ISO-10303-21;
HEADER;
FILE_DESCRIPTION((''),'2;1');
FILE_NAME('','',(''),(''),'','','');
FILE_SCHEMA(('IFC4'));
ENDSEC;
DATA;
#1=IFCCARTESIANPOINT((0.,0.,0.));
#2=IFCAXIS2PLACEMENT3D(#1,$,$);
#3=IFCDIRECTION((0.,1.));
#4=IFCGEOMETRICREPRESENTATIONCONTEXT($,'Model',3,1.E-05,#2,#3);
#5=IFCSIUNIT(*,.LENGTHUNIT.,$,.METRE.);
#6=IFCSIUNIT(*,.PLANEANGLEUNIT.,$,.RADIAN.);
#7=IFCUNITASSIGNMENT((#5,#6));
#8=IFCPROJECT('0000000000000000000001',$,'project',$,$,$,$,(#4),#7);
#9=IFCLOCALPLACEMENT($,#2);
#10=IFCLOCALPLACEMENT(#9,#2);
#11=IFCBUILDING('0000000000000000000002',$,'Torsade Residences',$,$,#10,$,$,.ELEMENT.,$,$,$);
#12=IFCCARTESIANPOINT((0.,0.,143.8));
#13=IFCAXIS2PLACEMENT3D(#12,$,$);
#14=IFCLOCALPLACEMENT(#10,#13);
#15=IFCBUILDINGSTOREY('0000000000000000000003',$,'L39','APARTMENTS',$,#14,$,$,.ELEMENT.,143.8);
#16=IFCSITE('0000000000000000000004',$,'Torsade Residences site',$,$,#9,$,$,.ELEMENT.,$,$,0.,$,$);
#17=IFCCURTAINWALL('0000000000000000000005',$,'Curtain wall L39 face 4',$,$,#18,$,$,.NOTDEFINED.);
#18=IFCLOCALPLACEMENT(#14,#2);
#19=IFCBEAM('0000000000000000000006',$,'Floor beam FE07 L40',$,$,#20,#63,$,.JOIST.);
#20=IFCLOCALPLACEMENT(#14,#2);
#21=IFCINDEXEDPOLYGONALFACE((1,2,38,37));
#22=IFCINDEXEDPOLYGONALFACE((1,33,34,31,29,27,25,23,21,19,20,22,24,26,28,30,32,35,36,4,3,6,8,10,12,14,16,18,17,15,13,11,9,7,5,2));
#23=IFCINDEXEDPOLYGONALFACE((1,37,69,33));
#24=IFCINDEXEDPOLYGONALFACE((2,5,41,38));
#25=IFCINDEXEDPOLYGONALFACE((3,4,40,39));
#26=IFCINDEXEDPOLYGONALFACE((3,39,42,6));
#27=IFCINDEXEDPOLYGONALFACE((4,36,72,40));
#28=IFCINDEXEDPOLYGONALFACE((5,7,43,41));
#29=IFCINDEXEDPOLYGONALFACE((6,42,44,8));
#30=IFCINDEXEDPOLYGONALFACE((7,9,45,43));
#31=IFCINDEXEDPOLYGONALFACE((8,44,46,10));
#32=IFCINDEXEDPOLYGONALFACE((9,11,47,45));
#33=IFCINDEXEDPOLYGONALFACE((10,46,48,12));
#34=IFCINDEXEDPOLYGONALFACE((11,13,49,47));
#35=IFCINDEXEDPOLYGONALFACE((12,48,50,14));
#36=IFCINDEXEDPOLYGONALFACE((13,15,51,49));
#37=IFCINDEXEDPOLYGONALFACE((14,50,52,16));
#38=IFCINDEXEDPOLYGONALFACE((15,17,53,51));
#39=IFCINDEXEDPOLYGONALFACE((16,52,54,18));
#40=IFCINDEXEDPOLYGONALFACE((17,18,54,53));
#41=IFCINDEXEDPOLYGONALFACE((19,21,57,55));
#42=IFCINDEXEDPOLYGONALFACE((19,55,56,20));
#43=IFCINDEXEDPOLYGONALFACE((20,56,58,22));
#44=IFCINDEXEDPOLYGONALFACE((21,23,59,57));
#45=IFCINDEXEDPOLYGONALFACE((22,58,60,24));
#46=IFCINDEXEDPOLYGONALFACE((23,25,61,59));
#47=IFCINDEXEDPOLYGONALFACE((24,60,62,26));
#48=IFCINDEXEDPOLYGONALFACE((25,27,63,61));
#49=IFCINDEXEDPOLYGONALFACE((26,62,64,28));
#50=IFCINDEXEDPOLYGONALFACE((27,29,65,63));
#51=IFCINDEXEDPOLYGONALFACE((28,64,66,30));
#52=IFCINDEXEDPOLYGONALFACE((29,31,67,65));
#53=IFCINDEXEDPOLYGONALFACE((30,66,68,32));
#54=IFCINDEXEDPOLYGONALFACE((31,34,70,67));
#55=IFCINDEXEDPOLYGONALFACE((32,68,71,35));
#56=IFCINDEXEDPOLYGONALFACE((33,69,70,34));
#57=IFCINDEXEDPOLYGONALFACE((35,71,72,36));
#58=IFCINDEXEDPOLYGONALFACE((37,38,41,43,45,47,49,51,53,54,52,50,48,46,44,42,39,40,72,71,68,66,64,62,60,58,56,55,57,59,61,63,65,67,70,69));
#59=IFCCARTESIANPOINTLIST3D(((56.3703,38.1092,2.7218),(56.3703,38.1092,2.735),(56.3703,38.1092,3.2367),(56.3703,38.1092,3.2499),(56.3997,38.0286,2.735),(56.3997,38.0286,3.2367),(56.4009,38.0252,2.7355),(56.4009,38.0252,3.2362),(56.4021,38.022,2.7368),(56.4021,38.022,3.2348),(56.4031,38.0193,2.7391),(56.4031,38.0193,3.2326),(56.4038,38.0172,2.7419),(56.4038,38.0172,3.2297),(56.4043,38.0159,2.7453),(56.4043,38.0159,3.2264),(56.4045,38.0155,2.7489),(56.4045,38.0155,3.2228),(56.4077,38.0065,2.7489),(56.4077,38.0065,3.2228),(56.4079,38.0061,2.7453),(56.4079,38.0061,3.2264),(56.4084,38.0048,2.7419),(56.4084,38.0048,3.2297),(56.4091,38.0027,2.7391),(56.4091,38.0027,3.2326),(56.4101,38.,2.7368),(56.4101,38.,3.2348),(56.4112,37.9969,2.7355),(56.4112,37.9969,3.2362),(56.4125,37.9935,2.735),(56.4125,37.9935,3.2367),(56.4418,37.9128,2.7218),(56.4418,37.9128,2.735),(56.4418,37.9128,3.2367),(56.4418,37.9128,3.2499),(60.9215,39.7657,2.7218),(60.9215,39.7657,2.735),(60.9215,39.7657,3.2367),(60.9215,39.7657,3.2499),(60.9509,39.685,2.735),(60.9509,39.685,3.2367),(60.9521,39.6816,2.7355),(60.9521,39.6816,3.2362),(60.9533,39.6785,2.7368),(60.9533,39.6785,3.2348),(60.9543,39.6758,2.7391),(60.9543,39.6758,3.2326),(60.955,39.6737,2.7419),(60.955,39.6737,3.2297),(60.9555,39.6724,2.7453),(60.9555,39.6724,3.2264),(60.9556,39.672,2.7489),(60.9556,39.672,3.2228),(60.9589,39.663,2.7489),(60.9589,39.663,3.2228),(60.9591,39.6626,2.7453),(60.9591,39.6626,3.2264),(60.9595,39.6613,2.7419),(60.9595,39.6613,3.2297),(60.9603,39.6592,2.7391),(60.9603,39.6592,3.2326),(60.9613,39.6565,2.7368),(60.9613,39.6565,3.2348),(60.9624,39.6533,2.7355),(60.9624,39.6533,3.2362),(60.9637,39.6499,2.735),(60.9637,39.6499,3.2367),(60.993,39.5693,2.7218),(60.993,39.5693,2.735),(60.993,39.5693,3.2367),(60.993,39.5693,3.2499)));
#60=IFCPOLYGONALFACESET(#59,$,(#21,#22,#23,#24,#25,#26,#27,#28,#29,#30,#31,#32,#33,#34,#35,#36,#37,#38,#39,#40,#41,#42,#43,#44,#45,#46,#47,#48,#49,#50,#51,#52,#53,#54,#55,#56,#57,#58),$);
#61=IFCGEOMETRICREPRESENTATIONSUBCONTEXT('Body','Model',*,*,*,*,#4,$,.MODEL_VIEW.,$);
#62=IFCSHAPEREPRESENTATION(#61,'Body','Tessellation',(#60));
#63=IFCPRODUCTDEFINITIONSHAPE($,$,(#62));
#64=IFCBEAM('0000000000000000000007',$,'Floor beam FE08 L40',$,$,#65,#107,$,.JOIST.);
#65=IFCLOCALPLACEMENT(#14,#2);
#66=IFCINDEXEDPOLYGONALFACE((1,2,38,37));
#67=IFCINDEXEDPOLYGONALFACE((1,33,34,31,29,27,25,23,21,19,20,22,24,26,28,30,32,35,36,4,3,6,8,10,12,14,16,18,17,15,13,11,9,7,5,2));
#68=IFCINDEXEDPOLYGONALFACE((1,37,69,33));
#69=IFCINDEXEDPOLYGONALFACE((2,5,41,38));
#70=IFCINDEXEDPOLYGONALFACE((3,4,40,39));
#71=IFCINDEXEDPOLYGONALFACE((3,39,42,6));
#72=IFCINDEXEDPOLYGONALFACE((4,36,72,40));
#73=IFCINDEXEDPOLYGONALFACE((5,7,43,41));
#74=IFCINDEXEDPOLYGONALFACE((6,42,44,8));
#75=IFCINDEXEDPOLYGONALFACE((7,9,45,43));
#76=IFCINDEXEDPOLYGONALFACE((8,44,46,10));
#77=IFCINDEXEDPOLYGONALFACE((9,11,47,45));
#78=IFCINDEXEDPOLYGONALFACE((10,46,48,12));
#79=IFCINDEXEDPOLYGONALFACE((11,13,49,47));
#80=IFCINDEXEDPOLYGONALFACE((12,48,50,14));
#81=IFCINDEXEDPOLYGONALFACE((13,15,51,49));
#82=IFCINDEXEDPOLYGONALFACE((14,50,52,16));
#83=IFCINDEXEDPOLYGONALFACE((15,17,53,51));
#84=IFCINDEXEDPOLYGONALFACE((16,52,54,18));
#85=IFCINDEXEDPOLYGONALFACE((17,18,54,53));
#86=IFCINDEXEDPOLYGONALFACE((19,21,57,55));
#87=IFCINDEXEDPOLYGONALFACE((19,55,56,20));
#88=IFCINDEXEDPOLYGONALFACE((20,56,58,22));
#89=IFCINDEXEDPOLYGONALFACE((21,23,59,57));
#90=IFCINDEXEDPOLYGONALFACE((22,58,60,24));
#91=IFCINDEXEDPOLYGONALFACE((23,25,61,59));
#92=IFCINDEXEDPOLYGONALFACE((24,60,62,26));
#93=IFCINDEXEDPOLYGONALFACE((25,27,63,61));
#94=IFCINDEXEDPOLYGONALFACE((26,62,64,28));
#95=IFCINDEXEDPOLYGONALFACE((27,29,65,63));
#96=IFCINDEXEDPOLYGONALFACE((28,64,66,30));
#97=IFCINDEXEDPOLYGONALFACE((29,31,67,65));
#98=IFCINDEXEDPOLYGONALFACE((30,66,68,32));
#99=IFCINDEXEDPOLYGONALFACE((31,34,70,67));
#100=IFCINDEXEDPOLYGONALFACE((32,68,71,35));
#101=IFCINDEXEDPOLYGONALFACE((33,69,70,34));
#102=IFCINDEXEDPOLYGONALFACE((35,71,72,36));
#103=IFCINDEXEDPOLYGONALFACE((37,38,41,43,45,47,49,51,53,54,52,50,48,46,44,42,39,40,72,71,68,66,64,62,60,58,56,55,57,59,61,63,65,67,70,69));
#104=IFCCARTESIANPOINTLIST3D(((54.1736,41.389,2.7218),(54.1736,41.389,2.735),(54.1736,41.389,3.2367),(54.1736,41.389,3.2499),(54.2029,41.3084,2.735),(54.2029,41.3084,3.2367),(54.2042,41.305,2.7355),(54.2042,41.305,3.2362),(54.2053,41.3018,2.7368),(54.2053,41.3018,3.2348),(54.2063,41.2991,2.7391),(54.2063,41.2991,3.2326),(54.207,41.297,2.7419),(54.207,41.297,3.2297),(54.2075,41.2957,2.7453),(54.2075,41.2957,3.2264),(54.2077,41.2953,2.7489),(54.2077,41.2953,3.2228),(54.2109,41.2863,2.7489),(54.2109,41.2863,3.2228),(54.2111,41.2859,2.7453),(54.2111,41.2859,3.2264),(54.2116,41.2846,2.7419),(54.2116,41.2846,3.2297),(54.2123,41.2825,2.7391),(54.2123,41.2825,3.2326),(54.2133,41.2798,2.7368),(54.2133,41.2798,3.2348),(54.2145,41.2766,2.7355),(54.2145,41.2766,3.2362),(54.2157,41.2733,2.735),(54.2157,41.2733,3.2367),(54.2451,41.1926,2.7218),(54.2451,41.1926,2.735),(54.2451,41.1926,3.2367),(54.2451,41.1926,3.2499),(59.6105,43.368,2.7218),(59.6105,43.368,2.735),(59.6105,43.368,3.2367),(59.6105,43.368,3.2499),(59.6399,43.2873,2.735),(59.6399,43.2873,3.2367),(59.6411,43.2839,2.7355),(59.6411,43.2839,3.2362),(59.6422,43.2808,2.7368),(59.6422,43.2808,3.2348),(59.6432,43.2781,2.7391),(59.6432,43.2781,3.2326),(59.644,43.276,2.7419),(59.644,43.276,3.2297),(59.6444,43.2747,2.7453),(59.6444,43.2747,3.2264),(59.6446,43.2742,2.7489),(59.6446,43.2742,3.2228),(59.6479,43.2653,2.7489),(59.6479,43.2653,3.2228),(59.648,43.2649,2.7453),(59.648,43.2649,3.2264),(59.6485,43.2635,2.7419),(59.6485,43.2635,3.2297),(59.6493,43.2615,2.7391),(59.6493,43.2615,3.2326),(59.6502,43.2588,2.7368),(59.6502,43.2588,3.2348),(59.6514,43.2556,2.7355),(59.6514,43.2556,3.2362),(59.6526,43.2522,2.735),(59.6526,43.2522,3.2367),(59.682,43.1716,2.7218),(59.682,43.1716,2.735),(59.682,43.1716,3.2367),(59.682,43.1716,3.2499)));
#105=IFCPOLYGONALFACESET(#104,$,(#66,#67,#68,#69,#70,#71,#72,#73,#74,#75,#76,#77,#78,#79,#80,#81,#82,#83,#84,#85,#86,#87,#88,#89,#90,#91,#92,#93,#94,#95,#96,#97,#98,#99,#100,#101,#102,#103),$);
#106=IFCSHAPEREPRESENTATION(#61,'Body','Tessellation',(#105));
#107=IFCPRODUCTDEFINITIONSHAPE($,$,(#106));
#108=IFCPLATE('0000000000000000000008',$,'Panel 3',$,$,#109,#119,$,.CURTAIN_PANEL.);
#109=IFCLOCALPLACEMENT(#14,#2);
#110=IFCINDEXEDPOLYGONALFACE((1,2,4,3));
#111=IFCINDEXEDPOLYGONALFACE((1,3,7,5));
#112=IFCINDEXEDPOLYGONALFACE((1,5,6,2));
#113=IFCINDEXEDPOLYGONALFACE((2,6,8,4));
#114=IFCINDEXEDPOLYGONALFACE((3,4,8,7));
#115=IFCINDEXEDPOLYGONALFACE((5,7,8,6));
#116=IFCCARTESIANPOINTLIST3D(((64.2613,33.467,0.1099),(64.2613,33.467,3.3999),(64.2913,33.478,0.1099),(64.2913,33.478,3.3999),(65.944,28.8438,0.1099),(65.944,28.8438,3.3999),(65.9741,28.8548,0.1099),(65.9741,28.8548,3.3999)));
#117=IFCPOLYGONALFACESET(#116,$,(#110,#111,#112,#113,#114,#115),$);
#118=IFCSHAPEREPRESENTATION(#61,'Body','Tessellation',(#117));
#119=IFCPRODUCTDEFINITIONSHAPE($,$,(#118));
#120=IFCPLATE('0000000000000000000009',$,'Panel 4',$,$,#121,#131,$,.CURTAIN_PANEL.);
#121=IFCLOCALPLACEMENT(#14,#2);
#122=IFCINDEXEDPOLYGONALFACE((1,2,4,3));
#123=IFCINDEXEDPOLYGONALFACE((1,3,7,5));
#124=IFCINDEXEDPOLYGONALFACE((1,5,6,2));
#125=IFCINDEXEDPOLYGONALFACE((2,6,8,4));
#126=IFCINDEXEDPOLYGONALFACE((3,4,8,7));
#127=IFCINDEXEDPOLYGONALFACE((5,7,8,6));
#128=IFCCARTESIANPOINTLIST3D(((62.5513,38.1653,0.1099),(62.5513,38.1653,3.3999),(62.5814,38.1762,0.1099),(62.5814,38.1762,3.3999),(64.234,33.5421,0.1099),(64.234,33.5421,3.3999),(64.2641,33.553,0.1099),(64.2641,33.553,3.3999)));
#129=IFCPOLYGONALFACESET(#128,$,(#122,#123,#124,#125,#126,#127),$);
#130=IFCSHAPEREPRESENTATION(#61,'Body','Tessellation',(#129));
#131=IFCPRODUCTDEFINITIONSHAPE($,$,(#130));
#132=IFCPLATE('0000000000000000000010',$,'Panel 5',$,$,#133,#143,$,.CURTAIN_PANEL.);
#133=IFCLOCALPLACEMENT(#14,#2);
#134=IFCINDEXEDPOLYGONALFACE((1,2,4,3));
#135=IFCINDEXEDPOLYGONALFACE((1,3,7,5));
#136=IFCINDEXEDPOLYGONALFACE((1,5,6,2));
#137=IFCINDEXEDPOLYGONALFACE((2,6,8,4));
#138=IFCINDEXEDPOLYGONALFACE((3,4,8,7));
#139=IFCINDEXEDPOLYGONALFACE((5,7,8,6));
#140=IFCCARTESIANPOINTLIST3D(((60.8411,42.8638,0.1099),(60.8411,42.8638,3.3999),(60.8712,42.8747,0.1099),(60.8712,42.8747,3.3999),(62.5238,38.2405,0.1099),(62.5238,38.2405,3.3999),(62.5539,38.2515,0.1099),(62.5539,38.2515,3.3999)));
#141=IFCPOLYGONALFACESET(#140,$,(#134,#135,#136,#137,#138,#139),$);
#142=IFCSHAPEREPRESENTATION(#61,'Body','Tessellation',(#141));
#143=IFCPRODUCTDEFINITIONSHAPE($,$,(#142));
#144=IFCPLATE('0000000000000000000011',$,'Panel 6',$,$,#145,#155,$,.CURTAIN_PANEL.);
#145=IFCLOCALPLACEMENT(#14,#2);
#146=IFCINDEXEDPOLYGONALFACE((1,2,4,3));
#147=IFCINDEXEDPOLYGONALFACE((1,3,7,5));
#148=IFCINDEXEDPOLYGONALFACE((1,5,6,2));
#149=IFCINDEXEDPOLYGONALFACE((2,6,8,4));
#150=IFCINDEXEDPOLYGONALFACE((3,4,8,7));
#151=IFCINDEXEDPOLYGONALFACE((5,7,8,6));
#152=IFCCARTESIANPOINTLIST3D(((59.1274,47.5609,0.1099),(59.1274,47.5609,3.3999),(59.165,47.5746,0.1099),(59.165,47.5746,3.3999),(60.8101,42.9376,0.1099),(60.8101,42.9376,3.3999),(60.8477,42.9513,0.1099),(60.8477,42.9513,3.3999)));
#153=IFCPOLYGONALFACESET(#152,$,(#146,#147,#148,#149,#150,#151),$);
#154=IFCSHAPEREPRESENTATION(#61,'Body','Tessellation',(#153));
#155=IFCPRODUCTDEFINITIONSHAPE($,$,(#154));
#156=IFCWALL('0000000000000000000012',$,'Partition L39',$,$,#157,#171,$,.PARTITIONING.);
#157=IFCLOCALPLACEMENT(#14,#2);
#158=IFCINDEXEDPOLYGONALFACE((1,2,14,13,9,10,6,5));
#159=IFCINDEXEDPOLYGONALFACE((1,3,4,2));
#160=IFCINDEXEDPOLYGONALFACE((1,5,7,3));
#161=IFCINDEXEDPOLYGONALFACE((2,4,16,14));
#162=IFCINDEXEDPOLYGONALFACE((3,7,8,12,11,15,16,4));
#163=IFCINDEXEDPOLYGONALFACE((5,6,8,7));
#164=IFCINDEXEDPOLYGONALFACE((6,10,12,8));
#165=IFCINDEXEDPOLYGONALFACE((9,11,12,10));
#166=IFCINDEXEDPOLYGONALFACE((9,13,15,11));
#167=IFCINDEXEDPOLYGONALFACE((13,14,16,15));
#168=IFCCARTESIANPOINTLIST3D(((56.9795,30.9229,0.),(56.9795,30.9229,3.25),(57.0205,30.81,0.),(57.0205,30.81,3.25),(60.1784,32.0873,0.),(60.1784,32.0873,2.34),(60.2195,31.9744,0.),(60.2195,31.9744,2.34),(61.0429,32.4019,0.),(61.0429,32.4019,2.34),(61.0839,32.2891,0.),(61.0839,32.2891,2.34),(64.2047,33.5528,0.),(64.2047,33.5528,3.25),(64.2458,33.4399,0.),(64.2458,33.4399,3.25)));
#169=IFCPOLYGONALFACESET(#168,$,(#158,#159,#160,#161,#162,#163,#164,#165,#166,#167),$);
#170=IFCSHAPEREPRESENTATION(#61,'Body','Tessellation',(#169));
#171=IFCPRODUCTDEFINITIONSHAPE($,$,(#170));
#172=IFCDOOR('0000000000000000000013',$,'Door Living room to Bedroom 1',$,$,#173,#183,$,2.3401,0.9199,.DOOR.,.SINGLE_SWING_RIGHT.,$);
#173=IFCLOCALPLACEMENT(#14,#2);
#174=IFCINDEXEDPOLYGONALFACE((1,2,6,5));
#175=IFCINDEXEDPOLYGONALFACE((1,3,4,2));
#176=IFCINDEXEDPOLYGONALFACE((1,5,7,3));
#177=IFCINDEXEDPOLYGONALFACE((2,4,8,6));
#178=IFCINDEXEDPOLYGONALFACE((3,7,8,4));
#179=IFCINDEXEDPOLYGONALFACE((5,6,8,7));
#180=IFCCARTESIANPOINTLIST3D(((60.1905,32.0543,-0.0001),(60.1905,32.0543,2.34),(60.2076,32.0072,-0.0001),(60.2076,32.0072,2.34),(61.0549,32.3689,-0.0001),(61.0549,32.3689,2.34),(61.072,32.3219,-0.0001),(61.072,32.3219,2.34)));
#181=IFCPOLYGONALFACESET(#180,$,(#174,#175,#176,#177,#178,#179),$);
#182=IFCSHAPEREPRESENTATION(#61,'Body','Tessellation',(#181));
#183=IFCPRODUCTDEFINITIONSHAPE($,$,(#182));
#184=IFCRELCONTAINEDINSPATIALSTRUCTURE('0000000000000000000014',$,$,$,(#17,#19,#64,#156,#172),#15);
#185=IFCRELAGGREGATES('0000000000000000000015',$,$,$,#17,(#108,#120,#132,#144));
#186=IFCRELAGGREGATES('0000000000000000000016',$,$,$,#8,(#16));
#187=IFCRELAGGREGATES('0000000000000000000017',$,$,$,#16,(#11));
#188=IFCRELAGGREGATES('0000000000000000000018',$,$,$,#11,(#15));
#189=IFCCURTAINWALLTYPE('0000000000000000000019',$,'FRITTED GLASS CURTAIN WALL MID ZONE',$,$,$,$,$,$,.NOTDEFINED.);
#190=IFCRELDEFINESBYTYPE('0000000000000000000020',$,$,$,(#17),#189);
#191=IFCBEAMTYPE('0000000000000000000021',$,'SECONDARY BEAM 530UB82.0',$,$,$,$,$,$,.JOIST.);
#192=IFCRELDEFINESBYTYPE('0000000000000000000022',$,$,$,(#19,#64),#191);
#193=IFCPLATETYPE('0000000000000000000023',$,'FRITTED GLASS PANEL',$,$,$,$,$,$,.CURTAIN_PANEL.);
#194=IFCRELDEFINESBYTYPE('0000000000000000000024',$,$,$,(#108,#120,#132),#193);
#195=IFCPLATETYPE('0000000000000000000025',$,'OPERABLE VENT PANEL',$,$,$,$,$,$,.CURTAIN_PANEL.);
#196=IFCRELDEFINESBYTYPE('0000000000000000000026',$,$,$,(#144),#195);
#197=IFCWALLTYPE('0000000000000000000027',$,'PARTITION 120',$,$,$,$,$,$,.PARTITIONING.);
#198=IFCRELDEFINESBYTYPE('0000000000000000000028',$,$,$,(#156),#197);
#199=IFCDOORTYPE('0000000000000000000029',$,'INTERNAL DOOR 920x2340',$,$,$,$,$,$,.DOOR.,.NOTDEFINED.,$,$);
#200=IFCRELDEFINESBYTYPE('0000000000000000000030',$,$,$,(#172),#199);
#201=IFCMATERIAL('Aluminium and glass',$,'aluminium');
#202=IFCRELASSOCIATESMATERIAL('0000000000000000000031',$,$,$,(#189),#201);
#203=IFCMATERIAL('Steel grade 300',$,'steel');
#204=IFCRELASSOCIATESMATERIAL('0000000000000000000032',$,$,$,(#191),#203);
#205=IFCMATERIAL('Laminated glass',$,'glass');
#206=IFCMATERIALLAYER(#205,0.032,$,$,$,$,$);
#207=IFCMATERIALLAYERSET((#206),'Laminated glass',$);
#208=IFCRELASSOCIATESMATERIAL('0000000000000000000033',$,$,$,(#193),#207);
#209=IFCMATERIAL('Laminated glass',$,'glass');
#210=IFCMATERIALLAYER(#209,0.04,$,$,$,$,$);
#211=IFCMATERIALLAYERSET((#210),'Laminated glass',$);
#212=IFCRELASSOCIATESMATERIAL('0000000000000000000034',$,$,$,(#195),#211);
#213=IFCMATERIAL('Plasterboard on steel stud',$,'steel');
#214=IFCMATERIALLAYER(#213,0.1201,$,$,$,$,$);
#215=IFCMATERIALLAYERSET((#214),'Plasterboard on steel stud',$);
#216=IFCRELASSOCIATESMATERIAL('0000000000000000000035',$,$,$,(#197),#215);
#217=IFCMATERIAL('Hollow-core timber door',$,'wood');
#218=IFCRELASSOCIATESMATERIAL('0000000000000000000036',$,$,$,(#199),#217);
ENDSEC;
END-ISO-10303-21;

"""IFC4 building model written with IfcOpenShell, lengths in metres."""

from ifc_helpers import new_model, si_unit, direction, frame, frame_2d, origin, origin_2d, place, context, subcontext, project, spatial, rectangle, i_section, extrude, material, layer, layer_set, material_profile, profile_set, type_object, element, fill, aggregate, save


model = new_model("IFC4")

# Units and contexts
model_context = context("Model", 3, precision=1e-05, world=origin(), true_north=direction((0.0, 1.0)))
body_context = subcontext(model_context, "Body", "Model", "MODEL_VIEW")
ifc_project = project(units=[si_unit("LENGTHUNIT", "METRE"), si_unit("PLANEANGLEUNIT", "RADIAN")], contexts=[model_context])

# Site, building, storey
site_placement = place(None, origin())
site = spatial("IfcSite", under=ifc_project, at=site_placement, Name="Torsade Residences site", CompositionType="ELEMENT", RefElevation=0.0)
building_placement = place(site_placement, origin())
building = spatial("IfcBuilding", under=site, at=building_placement, Name="Torsade Residences", CompositionType="ELEMENT")
storey_placement = place(building_placement, frame((0.0, 0.0, 143.8)))
storey = spatial("IfcBuildingStorey", under=building, at=storey_placement, Name="L39", Description="APARTMENTS", CompositionType="ELEMENT", Elevation=143.8)

# Curtain wall
ifc_material_1 = material(Name="Aluminium and glass", Category="aluminium")
curtain_wall_type = type_object("IfcCurtainWallType", Name="FRITTED GLASS CURTAIN WALL MID ZONE", PredefinedType="NOTDEFINED", material=ifc_material_1)
curtain_wall_placement = place(storey_placement, origin())
curtain_wall = element("IfcCurtainWall", 1, at=curtain_wall_placement, inside=storey, type_object=curtain_wall_type, Name="Curtain wall L39 face 4", PredefinedType="NOTDEFINED")

# Beams
ifc_material_2 = material(Name="Steel grade 300", Category="steel")
ifc_material_profile_1 = material_profile(ifc_material_2, i_section(OverallWidth=0.209, OverallDepth=0.5281, WebThickness=0.0095, FlangeThickness=0.0132, FilletRadius=0.0139, at=origin_2d()), Name="530UB82.0")
ifc_profile_set_1 = profile_set([ifc_material_profile_1], Name="Steel grade 300")
beam_type_1 = type_object("IfcBeamType", Name="SECONDARY BEAM 530UB82.0", PredefinedType="JOIST", material=ifc_profile_set_1)
beam_1_placement = place(storey_placement, frame((60.9573, 39.6675, 2.9858), z_axis=(-0.939695, -0.342014, 0.0), x_axis=(0.342014, -0.939695, 0.0)))
element("IfcBeam", 2, at=beam_1_placement, inside=storey, type_object=beam_type_1, Name="Floor beam FE07 L40", PredefinedType="JOIST", context=body_context, shape_type="SweptSolid", body=[
    extrude(i_section(OverallWidth=0.209, OverallDepth=0.5281, WebThickness=0.0095, FlangeThickness=0.0132, FilletRadius=0.0139, at=origin_2d()), origin(), (0.0, 0.0, 1.0), 4.8433),
])
beam_2_placement = place(storey_placement, frame((59.6462, 43.2698, 2.9858), z_axis=(-0.939687, -0.342034, 0.0), x_axis=(0.342034, -0.939687, 0.0)))
element("IfcBeam", 3, at=beam_2_placement, inside=storey, type_object=beam_type_1, Name="Floor beam FE08 L40", PredefinedType="JOIST", context=body_context, shape_type="SweptSolid", body=[
    extrude(i_section(OverallWidth=0.209, OverallDepth=0.5281, WebThickness=0.0095, FlangeThickness=0.0132, FilletRadius=0.0139, at=origin_2d()), origin(), (0.0, 0.0, 1.0), 5.7859),
])

# Plates
ifc_material_3 = material(Name="Laminated glass", Category="glass")
ifc_layer_1 = layer(ifc_material_3, 0.032)
ifc_layer_set_1 = layer_set([ifc_layer_1], Name="Laminated glass")
plate_type_1 = type_object("IfcPlateType", Name="FRITTED GLASS PANEL", PredefinedType="CURTAIN_PANEL", material=ifc_layer_set_1)
plate_1_placement = place(storey_placement, frame((65.1177, 31.1609, 0.1099), z_axis=(0.0, 0.0, 1.0), x_axis=(-0.34202, 0.939693, 0.0)))
plate_1 = element("IfcPlate", 4, at=plate_1_placement, type_object=plate_type_1, Name="Panel 3", PredefinedType="CURTAIN_PANEL", context=body_context, shape_type="SweptSolid", body=[
    extrude(rectangle(XDim=4.9199, YDim=0.032, at=origin_2d()), origin(), (0.0, 0.0, 1.0), 3.29),
])
plate_2_placement = place(storey_placement, frame((63.4077, 35.8591, 0.1099), z_axis=(0.0, 0.0, 1.0), x_axis=(-0.34202, 0.939693, 0.0)))
plate_2 = element("IfcPlate", 5, at=plate_2_placement, type_object=plate_type_1, Name="Panel 4", PredefinedType="CURTAIN_PANEL", context=body_context, shape_type="SweptSolid", body=[
    extrude(rectangle(XDim=4.9199, YDim=0.032, at=origin_2d()), origin(), (0.0, 0.0, 1.0), 3.29),
])
plate_3_placement = place(storey_placement, frame((61.6975, 40.5576, 0.1099), z_axis=(0.0, 0.0, 1.0), x_axis=(-0.34202, 0.939693, 0.0)))
plate_3 = element("IfcPlate", 6, at=plate_3_placement, type_object=plate_type_1, Name="Panel 5", PredefinedType="CURTAIN_PANEL", context=body_context, shape_type="SweptSolid", body=[
    extrude(rectangle(XDim=4.9199, YDim=0.032, at=origin_2d()), origin(), (0.0, 0.0, 1.0), 3.29),
])
ifc_material_4 = material(Name="Laminated glass", Category="glass")
ifc_layer_2 = layer(ifc_material_4, 0.04)
ifc_layer_set_2 = layer_set([ifc_layer_2], Name="Laminated glass")
plate_type_2 = type_object("IfcPlateType", Name="OPERABLE VENT PANEL", PredefinedType="CURTAIN_PANEL", material=ifc_layer_set_2)
plate_4_placement = place(storey_placement, frame((59.9875, 45.2561, 0.1099), z_axis=(0.0, 0.0, 1.0), x_axis=(-0.34202, 0.939693, 0.0)))
plate_4 = element("IfcPlate", 7, at=plate_4_placement, type_object=plate_type_2, Name="Panel 6", PredefinedType="CURTAIN_PANEL", context=body_context, shape_type="SweptSolid", body=[
    extrude(rectangle(XDim=4.9199, YDim=0.04, at=origin_2d()), origin(), (0.0, 0.0, 1.0), 3.29),
])
aggregate(curtain_wall, [plate_1, plate_2, plate_3, plate_4])

# Wall, opening, door
ifc_material_5 = material(Name="Plasterboard on steel stud", Category="steel")
ifc_layer_3 = layer(ifc_material_5, 0.1201)
ifc_layer_set_3 = layer_set([ifc_layer_3], Name="Plasterboard on steel stud")
wall_type_1 = type_object("IfcWallType", Name="PARTITION 120", PredefinedType="PARTITIONING", material=ifc_layer_set_3)
wall_1_placement = place(storey_placement, frame((57.0, 30.8665, 0.0), z_axis=(0.0, 0.0, 1.0), x_axis=(0.939686, 0.342039, 0.0)))
wall_1 = element("IfcWall", 8, at=wall_1_placement, inside=storey, type_object=wall_type_1, Name="Partition L39", PredefinedType="PARTITIONING", context=body_context, shape_type="SweptSolid", body=[
    extrude(rectangle(XDim=7.689, YDim=0.1201, at=frame_2d((3.8445, 0.0))), origin(), (0.0, 0.0, 1.0), 3.25),
])
opening_1_placement = place(wall_1_placement, frame((3.4043, 0.0, 0.0)))
opening_1 = element("IfcOpeningElement", 9, at=opening_1_placement, cuts=wall_1, PredefinedType="OPENING", context=body_context, shape_type="SweptSolid", body=[
    extrude(rectangle(XDim=0.9199, YDim=2.3401, at=frame_2d((0.46, 1.1699))), frame((0.0, 0.0701, 0.0), z_axis=(0.0, -1.0, 0.0), x_axis=(1.0, 0.0, 0.0)), (0.0, 0.0, 1.0), 0.1401),
])
ifc_material_6 = material(Name="Hollow-core timber door", Category="wood")
door_type_1 = type_object("IfcDoorType", Name="INTERNAL DOOR 920x2340", OperationType="NOTDEFINED", PredefinedType="DOOR", material=ifc_material_6)
door_1_placement = place(opening_1_placement, origin())
door_1 = element("IfcDoor", 10, at=door_1_placement, inside=storey, type_object=door_type_1, Name="Door Living room to Bedroom 1", OperationType="SINGLE_SWING_RIGHT", OverallHeight=2.3401, OverallWidth=0.9199, PredefinedType="DOOR", context=body_context, shape_type="SweptSolid", body=[
    extrude(rectangle(XDim=0.9199, YDim=2.3401, at=frame_2d((0.46, 1.1699))), frame((0.0, 0.0249, 0.0), z_axis=(0.0, -1.0, 0.0), x_axis=(1.0, 0.0, 0.0)), (0.0, 0.0, 1.0), 0.05),
])
fill(opening_1, door_1)

save(model, "model.ifc")
